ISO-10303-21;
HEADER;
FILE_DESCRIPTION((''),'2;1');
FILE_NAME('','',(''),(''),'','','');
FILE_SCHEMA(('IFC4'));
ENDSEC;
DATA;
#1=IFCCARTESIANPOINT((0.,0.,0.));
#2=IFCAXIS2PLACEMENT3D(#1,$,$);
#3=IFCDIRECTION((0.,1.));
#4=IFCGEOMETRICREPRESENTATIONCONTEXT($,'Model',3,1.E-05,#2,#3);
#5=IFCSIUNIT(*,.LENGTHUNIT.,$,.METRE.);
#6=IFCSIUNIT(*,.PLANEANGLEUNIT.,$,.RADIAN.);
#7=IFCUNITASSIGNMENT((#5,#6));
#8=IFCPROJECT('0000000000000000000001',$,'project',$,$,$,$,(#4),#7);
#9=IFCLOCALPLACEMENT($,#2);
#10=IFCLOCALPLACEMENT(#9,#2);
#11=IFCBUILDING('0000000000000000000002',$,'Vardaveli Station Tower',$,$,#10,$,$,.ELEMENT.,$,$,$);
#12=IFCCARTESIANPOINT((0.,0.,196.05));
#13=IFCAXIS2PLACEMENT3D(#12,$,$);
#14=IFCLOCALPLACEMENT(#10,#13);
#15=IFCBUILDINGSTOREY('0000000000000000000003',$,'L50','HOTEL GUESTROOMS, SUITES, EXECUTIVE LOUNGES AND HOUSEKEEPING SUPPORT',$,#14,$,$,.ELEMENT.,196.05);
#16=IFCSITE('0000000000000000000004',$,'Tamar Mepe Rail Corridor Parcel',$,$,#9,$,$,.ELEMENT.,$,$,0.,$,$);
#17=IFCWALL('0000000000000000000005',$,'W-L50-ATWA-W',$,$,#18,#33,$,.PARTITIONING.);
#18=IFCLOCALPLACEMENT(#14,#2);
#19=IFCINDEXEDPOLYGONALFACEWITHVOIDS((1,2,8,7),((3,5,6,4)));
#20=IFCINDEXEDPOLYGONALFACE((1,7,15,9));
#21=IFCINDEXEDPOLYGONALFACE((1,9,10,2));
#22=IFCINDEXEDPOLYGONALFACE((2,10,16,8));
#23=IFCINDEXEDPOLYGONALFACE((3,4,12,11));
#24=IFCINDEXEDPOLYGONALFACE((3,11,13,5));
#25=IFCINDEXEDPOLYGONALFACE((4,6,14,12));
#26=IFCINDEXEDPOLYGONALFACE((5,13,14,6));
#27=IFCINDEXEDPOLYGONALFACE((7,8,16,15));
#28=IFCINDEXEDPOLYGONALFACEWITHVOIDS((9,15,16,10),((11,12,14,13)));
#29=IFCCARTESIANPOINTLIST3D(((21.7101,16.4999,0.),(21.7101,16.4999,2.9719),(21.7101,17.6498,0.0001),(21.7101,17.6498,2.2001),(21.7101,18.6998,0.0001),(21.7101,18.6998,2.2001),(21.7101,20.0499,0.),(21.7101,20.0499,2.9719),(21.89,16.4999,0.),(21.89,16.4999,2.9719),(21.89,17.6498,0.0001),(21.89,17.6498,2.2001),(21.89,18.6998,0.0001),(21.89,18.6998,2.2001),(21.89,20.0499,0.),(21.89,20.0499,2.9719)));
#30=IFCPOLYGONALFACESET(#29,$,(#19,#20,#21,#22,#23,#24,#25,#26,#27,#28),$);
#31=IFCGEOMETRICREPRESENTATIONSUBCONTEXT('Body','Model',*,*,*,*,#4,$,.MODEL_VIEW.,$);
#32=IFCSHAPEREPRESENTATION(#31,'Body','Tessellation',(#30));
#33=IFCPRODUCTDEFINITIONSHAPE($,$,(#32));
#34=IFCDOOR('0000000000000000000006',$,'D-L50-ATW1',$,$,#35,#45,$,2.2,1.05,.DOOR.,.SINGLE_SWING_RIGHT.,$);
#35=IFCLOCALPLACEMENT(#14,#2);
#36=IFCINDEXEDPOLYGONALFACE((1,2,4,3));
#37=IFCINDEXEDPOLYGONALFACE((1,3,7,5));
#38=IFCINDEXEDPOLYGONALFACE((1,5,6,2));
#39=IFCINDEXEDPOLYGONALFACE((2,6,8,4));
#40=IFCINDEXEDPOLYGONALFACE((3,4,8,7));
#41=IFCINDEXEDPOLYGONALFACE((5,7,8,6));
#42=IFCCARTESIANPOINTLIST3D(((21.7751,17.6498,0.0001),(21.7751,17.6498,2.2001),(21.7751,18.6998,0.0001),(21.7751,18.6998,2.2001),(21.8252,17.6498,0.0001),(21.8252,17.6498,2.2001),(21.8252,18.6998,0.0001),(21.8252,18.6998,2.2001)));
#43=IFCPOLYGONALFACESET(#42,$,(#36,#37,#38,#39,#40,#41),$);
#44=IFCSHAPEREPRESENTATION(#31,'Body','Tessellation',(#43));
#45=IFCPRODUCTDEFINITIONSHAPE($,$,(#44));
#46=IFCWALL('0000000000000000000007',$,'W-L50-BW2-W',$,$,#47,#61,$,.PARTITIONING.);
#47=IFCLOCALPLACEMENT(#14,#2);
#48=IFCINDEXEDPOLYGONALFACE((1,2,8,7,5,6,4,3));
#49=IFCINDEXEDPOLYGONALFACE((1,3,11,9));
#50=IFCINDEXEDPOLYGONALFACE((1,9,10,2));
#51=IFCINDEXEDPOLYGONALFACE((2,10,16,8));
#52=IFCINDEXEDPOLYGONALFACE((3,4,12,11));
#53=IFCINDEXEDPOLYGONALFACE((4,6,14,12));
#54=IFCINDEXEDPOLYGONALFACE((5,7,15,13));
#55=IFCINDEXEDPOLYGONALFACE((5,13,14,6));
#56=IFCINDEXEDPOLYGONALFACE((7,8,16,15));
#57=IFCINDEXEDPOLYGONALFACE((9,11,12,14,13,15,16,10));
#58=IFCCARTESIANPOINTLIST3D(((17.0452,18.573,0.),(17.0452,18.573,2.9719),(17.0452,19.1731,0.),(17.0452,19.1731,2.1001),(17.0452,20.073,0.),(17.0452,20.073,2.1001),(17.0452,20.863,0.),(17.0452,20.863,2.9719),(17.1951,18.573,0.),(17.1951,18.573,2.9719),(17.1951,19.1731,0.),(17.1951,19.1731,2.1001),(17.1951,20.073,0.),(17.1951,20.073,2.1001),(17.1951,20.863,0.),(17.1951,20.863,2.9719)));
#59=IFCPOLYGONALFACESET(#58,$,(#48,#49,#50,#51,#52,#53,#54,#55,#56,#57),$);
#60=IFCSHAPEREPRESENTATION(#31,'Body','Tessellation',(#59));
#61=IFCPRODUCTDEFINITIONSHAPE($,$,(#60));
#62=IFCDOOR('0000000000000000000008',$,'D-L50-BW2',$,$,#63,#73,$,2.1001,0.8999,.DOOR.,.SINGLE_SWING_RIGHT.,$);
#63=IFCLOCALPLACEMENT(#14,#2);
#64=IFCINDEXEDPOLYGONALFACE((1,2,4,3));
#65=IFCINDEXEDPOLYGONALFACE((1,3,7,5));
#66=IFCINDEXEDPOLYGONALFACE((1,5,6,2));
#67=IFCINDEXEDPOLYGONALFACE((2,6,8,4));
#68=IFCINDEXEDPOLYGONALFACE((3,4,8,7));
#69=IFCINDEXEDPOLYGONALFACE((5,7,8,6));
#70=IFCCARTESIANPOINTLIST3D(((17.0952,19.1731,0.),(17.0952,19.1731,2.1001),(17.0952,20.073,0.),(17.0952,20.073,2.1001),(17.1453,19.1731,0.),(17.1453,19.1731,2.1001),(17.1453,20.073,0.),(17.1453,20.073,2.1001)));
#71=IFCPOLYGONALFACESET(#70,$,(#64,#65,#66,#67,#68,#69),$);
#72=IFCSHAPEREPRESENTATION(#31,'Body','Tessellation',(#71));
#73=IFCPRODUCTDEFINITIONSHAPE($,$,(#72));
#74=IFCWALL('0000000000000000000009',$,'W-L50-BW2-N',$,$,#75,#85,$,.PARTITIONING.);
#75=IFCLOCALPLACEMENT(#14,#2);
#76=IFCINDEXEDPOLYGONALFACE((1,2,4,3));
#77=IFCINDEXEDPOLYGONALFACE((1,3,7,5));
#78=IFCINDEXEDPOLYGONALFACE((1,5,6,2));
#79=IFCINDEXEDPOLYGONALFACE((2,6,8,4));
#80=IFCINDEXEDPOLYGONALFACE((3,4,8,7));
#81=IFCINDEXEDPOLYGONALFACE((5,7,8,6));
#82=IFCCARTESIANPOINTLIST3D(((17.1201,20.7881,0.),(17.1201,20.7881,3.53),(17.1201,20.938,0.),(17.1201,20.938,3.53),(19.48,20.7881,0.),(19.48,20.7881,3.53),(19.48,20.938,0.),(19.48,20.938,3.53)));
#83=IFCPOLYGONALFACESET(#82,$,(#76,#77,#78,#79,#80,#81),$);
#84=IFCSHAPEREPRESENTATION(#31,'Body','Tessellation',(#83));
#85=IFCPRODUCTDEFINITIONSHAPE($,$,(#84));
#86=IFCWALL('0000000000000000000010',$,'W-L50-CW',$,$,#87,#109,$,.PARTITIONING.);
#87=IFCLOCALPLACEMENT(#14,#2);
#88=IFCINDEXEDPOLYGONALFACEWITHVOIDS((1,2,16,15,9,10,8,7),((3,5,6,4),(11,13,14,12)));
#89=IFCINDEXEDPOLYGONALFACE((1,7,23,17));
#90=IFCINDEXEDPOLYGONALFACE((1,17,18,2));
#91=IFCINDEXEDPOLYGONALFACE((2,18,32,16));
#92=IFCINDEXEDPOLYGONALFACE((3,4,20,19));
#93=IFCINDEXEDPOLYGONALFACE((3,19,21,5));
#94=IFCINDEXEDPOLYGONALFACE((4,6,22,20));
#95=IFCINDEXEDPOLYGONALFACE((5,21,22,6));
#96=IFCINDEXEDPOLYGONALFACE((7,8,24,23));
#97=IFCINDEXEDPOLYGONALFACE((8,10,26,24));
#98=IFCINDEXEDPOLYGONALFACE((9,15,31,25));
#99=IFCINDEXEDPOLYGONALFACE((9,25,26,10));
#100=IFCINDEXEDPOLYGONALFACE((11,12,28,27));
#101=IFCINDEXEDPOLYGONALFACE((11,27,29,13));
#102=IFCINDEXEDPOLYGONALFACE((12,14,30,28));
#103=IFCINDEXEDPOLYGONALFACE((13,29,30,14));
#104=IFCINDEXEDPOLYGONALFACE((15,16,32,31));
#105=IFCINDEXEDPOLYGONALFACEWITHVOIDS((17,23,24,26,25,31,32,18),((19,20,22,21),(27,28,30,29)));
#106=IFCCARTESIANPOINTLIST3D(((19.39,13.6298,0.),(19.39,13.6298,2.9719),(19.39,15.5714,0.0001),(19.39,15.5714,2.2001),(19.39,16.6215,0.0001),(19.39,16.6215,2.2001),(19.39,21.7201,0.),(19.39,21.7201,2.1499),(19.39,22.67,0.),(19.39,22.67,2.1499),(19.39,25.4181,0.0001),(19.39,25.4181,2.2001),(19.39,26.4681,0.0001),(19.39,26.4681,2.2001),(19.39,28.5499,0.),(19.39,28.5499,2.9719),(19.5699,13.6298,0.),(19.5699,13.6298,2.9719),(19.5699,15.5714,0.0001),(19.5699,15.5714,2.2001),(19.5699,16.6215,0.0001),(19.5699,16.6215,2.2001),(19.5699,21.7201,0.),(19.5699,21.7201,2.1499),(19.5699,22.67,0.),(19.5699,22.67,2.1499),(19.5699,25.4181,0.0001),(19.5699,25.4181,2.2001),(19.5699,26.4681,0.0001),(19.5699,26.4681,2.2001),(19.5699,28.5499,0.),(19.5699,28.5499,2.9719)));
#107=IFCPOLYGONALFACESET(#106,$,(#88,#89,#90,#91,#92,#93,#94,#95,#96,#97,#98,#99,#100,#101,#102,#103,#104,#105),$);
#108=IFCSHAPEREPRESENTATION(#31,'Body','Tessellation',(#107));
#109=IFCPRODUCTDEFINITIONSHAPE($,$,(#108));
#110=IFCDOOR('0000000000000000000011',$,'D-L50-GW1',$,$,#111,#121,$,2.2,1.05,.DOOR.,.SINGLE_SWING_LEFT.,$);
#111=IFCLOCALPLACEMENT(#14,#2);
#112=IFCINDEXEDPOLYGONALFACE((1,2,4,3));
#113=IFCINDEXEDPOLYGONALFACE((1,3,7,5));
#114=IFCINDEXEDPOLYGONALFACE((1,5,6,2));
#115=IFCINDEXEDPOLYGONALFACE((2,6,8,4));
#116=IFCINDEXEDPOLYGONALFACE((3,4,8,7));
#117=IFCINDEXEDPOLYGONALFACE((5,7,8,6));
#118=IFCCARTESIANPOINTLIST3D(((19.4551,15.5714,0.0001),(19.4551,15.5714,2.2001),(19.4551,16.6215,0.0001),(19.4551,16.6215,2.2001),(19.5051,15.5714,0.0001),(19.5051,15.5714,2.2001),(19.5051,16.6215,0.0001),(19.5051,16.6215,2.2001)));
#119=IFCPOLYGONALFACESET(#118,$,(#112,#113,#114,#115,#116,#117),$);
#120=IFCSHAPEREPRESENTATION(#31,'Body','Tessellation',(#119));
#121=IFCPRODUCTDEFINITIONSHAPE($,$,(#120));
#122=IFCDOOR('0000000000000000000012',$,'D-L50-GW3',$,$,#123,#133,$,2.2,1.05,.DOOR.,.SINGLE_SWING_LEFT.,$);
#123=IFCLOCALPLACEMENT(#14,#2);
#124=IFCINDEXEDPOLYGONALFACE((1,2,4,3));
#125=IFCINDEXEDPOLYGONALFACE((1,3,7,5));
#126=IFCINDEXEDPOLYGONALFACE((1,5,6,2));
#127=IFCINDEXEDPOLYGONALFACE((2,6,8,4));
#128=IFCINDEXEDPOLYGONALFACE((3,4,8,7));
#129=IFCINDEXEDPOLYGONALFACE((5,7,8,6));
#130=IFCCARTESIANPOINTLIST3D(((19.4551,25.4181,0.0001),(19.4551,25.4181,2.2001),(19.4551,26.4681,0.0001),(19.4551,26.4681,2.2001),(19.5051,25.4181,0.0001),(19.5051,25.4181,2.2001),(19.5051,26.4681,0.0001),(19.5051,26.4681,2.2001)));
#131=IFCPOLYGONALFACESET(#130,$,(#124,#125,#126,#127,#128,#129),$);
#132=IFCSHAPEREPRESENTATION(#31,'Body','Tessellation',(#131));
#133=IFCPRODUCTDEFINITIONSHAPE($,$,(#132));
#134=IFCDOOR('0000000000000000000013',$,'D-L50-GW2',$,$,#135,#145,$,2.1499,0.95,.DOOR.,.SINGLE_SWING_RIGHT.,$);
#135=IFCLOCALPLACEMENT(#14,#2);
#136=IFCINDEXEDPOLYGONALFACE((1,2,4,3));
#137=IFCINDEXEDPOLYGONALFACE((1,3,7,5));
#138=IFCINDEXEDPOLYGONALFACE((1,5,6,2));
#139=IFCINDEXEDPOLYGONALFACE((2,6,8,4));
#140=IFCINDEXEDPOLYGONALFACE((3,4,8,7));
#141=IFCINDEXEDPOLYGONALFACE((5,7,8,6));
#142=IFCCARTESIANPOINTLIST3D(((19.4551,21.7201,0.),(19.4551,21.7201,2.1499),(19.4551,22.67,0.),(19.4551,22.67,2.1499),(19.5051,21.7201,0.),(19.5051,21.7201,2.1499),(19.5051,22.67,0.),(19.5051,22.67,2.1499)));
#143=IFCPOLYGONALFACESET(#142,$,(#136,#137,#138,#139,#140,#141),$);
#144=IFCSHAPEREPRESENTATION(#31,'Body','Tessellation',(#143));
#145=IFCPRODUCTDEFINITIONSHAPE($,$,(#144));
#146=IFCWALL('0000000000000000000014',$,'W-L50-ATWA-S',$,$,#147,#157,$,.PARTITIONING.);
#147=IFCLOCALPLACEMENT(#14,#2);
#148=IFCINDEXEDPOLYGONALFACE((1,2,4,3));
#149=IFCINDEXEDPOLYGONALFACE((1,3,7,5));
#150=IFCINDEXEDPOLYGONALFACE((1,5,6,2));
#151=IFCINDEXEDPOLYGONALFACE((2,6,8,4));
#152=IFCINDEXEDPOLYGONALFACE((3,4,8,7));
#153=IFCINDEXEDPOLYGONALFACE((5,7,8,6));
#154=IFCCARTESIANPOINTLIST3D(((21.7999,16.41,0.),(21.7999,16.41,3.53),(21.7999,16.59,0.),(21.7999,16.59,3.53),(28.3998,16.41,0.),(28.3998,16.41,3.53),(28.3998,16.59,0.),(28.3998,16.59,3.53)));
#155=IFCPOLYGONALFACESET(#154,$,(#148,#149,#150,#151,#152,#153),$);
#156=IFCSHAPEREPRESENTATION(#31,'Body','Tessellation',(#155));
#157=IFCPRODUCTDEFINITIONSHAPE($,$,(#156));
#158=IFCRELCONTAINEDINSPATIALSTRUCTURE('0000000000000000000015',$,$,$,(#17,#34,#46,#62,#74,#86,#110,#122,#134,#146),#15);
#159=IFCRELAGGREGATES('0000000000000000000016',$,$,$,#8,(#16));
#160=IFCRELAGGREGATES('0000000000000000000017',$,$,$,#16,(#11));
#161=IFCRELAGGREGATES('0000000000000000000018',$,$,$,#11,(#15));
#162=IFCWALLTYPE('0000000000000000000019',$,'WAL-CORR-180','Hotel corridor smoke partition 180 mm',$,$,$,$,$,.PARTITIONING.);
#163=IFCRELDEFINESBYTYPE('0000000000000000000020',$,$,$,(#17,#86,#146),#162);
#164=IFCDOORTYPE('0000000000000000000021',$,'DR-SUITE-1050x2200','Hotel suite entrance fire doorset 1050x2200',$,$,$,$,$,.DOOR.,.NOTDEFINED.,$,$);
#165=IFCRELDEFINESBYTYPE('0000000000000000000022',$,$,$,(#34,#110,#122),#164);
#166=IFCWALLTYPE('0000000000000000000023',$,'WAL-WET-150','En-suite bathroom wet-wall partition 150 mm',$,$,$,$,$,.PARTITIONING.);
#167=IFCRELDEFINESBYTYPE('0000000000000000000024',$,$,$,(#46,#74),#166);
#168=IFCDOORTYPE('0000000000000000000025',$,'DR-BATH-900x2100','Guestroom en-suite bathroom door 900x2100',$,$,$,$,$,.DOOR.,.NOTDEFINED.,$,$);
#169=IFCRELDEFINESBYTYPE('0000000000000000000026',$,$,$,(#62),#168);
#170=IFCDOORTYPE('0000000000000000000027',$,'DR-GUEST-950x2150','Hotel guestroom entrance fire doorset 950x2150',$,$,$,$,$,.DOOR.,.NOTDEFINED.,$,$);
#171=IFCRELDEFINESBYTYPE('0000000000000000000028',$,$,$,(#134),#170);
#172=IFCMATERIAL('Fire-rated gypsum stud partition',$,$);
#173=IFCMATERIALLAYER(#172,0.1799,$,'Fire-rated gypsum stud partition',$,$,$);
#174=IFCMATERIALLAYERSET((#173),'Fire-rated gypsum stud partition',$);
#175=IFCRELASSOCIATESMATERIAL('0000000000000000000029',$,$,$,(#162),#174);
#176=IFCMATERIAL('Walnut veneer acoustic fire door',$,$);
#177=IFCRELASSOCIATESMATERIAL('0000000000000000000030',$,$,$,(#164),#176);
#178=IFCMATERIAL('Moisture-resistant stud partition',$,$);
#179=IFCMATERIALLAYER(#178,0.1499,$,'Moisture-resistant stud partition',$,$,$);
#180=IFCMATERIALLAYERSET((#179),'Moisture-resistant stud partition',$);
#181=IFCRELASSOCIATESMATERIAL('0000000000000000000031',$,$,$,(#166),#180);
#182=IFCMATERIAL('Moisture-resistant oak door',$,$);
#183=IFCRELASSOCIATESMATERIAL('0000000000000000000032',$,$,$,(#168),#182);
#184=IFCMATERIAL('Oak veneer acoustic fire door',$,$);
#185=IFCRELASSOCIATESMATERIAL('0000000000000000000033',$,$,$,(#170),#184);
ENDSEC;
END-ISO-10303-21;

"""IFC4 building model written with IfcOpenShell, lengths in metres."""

from ifc_helpers import new_model, si_unit, direction, frame, frame_2d, origin, place, context, subcontext, project, spatial, rectangle, extrude, source, transform, mapped, material, layer, layer_set, type_object, element, fill, save


model = new_model("IFC4")

# Units and contexts
model_context = context("Model", 3, precision=1e-05, world=origin(), true_north=direction((0.0, 1.0)))
body_context = subcontext(model_context, "Body", "Model", "MODEL_VIEW")
ifc_project = project(units=[si_unit("LENGTHUNIT", "METRE"), si_unit("PLANEANGLEUNIT", "RADIAN")], contexts=[model_context])

# Site, building, storey
site_placement = place(None, origin())
site = spatial("IfcSite", under=ifc_project, at=site_placement, Name="Tamar Mepe Rail Corridor Parcel", CompositionType="ELEMENT", RefElevation=0.0)
building_placement = place(site_placement, origin())
building = spatial("IfcBuilding", under=site, at=building_placement, Name="Vardaveli Station Tower", CompositionType="ELEMENT")
storey_placement = place(building_placement, frame((0.0, 0.0, 196.05)))
storey = spatial("IfcBuildingStorey", under=building, at=storey_placement, Name="L50", Description="HOTEL GUESTROOMS, SUITES, EXECUTIVE LOUNGES AND HOUSEKEEPING SUPPORT", CompositionType="ELEMENT", Elevation=196.05)

# Walls, openings, doors
ifc_material_1 = material(Name="Fire-rated gypsum stud partition")
ifc_layer_1 = layer(ifc_material_1, 0.1799, Name="Fire-rated gypsum stud partition")
ifc_layer_set_1 = layer_set([ifc_layer_1], Name="Fire-rated gypsum stud partition")
wall_type_1 = type_object("IfcWallType", Name="WAL-CORR-180", Description="Hotel corridor smoke partition 180 mm", PredefinedType="PARTITIONING", material=ifc_layer_set_1)
shared_shape_1 = source(origin(), body_context, "Body", "SweptSolid", [
    extrude(rectangle(XDim=1.05, YDim=2.2, at=frame_2d((0.5249, 1.1001))), frame((0.0, 0.1001, 0.0), z_axis=(0.0, -1.0, 0.0), x_axis=(1.0, 0.0, 0.0)), (0.0, 0.0, 1.0), 0.2),
])
ifc_material_2 = material(Name="Walnut veneer acoustic fire door")
door_type_1 = type_object("IfcDoorType", Name="DR-SUITE-1050x2200", Description="Hotel suite entrance fire doorset 1050x2200", OperationType="NOTDEFINED", PredefinedType="DOOR", material=ifc_material_2)
shared_shape_2 = source(origin(), body_context, "Body", "SweptSolid", [
    extrude(rectangle(XDim=1.05, YDim=2.2, at=frame_2d((0.5249, 1.1001))), frame((0.0, 0.0249, 0.0), z_axis=(0.0, -1.0, 0.0), x_axis=(1.0, 0.0, 0.0)), (0.0, 0.0, 1.0), 0.05),
])
shared_shape_3 = source(origin(), body_context, "Body", "SweptSolid", [
    extrude(rectangle(XDim=3.55, YDim=0.1799, at=frame_2d((1.7749, 0.0))), origin(), (0.0, 0.0, 1.0), 2.9719),
])
wall_1_placement = place(storey_placement, frame((21.8, 16.5, 0.0), z_axis=(0.0, 0.0, 1.0), x_axis=(0.0, 1.0, 0.0)))
wall_1 = element("IfcWall", 1, at=wall_1_placement, inside=storey, type_object=wall_type_1, Name="W-L50-ATWA-W", PredefinedType="PARTITIONING", context=body_context, shape_type="MappedRepresentation", body=[
    mapped(shared_shape_3, transform((0.0, 0.0, 0.0), scale=1.0)),
])
opening_1_placement = place(wall_1_placement, frame((1.1499, 0.0, 0.0)))
opening_1 = element("IfcOpeningElement", 2, at=opening_1_placement, cuts=wall_1, PredefinedType="OPENING", context=body_context, shape_type="MappedRepresentation", body=[
    mapped(shared_shape_1, transform((0.0, 0.0, 0.0), scale=1.0)),
])
door_1_placement = place(opening_1_placement, origin())
door_1 = element("IfcDoor", 3, at=door_1_placement, inside=storey, type_object=door_type_1, Name="D-L50-ATW1", OperationType="SINGLE_SWING_RIGHT", OverallHeight=2.2, OverallWidth=1.05, PredefinedType="DOOR", context=body_context, shape_type="MappedRepresentation", body=[
    mapped(shared_shape_2, transform((0.0, 0.0, 0.0), scale=1.0)),
])
fill(opening_1, door_1)
ifc_material_3 = material(Name="Moisture-resistant stud partition")
ifc_layer_2 = layer(ifc_material_3, 0.1499, Name="Moisture-resistant stud partition")
ifc_layer_set_2 = layer_set([ifc_layer_2], Name="Moisture-resistant stud partition")
wall_type_2 = type_object("IfcWallType", Name="WAL-WET-150", Description="En-suite bathroom wet-wall partition 150 mm", PredefinedType="PARTITIONING", material=ifc_layer_set_2)
shared_shape_4 = source(origin(), body_context, "Body", "SweptSolid", [
    extrude(rectangle(XDim=2.29, YDim=0.1499, at=frame_2d((1.145, 0.0))), origin(), (0.0, 0.0, 1.0), 2.9719),
])
wall_2_placement = place(storey_placement, frame((17.1201, 18.573, 0.0), z_axis=(0.0, 0.0, 1.0), x_axis=(0.0, 1.0, 0.0)))
wall_2 = element("IfcWall", 4, at=wall_2_placement, inside=storey, type_object=wall_type_2, Name="W-L50-BW2-W", PredefinedType="PARTITIONING", context=body_context, shape_type="MappedRepresentation", body=[
    mapped(shared_shape_4, transform((0.0, 0.0, 0.0), scale=1.0)),
])
shared_shape_5 = source(origin(), body_context, "Body", "SweptSolid", [
    extrude(rectangle(XDim=0.8999, YDim=2.1001, at=frame_2d((0.45, 1.05))), frame((0.0, 0.085, 0.0), z_axis=(0.0, -1.0, 0.0), x_axis=(1.0, 0.0, 0.0)), (0.0, 0.0, 1.0), 0.1699),
])
opening_2_placement = place(wall_2_placement, frame((0.6001, 0.0, 0.0)))
opening_2 = element("IfcOpeningElement", 5, at=opening_2_placement, cuts=wall_2, PredefinedType="OPENING", context=body_context, shape_type="MappedRepresentation", body=[
    mapped(shared_shape_5, transform((0.0, 0.0, 0.0), scale=1.0)),
])
ifc_material_4 = material(Name="Moisture-resistant oak door")
door_type_2 = type_object("IfcDoorType", Name="DR-BATH-900x2100", Description="Guestroom en-suite bathroom door 900x2100", OperationType="NOTDEFINED", PredefinedType="DOOR", material=ifc_material_4)
shared_shape_6 = source(origin(), body_context, "Body", "SweptSolid", [
    extrude(rectangle(XDim=0.8999, YDim=2.1001, at=frame_2d((0.45, 1.05))), frame((0.0, 0.0249, 0.0), z_axis=(0.0, -1.0, 0.0), x_axis=(1.0, 0.0, 0.0)), (0.0, 0.0, 1.0), 0.05),
])
door_2_placement = place(opening_2_placement, origin())
door_2 = element("IfcDoor", 6, at=door_2_placement, inside=storey, type_object=door_type_2, Name="D-L50-BW2", OperationType="SINGLE_SWING_RIGHT", OverallHeight=2.1001, OverallWidth=0.8999, PredefinedType="DOOR", context=body_context, shape_type="MappedRepresentation", body=[
    mapped(shared_shape_6, transform((0.0, 0.0, 0.0), scale=1.0)),
])
fill(opening_2, door_2)

# Wall
shared_shape_7 = source(origin(), body_context, "Body", "SweptSolid", [
    extrude(rectangle(XDim=2.3599, YDim=0.1499, at=frame_2d((1.1799, 0.0))), origin(), (0.0, 0.0, 1.0), 3.53),
])
wall_3_placement = place(storey_placement, frame((17.1201, 20.863, 0.0), z_axis=(0.0, 0.0, 1.0), x_axis=(1.0, 0.0, 0.0)))
element("IfcWall", 7, at=wall_3_placement, inside=storey, type_object=wall_type_2, Name="W-L50-BW2-N", PredefinedType="PARTITIONING", context=body_context, shape_type="MappedRepresentation", body=[
    mapped(shared_shape_7, transform((0.0, 0.0, 0.0), scale=1.0)),
])

# Wall, openings, doors
shared_shape_8 = source(origin(), body_context, "Body", "SweptSolid", [
    extrude(rectangle(XDim=14.9202, YDim=0.1799, at=frame_2d((7.46, 0.0))), origin(), (0.0, 0.0, 1.0), 2.9719),
])
wall_4_placement = place(storey_placement, frame((19.48, 13.6299, 0.0), z_axis=(0.0, 0.0, 1.0), x_axis=(0.0, 1.0, 0.0)))
wall_4 = element("IfcWall", 8, at=wall_4_placement, inside=storey, type_object=wall_type_1, Name="W-L50-CW", PredefinedType="PARTITIONING", context=body_context, shape_type="MappedRepresentation", body=[
    mapped(shared_shape_8, transform((0.0, 0.0, 0.0), scale=1.0)),
])
opening_3_placement = place(wall_4_placement, frame((1.9417, 0.0, 0.0)))
opening_3 = element("IfcOpeningElement", 9, at=opening_3_placement, cuts=wall_4, PredefinedType="OPENING", context=body_context, shape_type="MappedRepresentation", body=[
    mapped(shared_shape_1, transform((0.0, 0.0, 0.0), scale=1.0)),
])
shared_shape_9 = source(origin(), body_context, "Body", "SweptSolid", [
    extrude(rectangle(XDim=0.95, YDim=2.1499, at=frame_2d((0.4751, 1.075))), frame((0.0, 0.1001, 0.0), z_axis=(0.0, -1.0, 0.0), x_axis=(1.0, 0.0, 0.0)), (0.0, 0.0, 1.0), 0.2),
])
opening_4_placement = place(wall_4_placement, frame((8.0901, 0.0, 0.0)))
opening_4 = element("IfcOpeningElement", 10, at=opening_4_placement, cuts=wall_4, PredefinedType="OPENING", context=body_context, shape_type="MappedRepresentation", body=[
    mapped(shared_shape_9, transform((0.0, 0.0, 0.0), scale=1.0)),
])
opening_5_placement = place(wall_4_placement, frame((11.7883, 0.0, 0.0)))
opening_5 = element("IfcOpeningElement", 11, at=opening_5_placement, cuts=wall_4, PredefinedType="OPENING", context=body_context, shape_type="MappedRepresentation", body=[
    mapped(shared_shape_1, transform((0.0, 0.0, 0.0), scale=1.0)),
])
door_3_placement = place(opening_3_placement, origin())
door_3 = element("IfcDoor", 12, at=door_3_placement, inside=storey, type_object=door_type_1, Name="D-L50-GW1", OperationType="SINGLE_SWING_LEFT", OverallHeight=2.2, OverallWidth=1.05, PredefinedType="DOOR", context=body_context, shape_type="MappedRepresentation", body=[
    mapped(shared_shape_2, transform((0.0, 0.0, 0.0), scale=1.0)),
])
fill(opening_3, door_3)
door_4_placement = place(opening_5_placement, origin())
door_4 = element("IfcDoor", 13, at=door_4_placement, inside=storey, type_object=door_type_1, Name="D-L50-GW3", OperationType="SINGLE_SWING_LEFT", OverallHeight=2.2, OverallWidth=1.05, PredefinedType="DOOR", context=body_context, shape_type="MappedRepresentation", body=[
    mapped(shared_shape_2, transform((0.0, 0.0, 0.0), scale=1.0)),
])
fill(opening_5, door_4)
ifc_material_5 = material(Name="Oak veneer acoustic fire door")
door_type_3 = type_object("IfcDoorType", Name="DR-GUEST-950x2150", Description="Hotel guestroom entrance fire doorset 950x2150", OperationType="NOTDEFINED", PredefinedType="DOOR", material=ifc_material_5)
shared_shape_10 = source(origin(), body_context, "Body", "SweptSolid", [
    extrude(rectangle(XDim=0.95, YDim=2.1499, at=frame_2d((0.4751, 1.075))), frame((0.0, 0.0249, 0.0), z_axis=(0.0, -1.0, 0.0), x_axis=(1.0, 0.0, 0.0)), (0.0, 0.0, 1.0), 0.05),
])
door_5_placement = place(opening_4_placement, origin())
door_5 = element("IfcDoor", 14, at=door_5_placement, inside=storey, type_object=door_type_3, Name="D-L50-GW2", OperationType="SINGLE_SWING_RIGHT", OverallHeight=2.1499, OverallWidth=0.95, PredefinedType="DOOR", context=body_context, shape_type="MappedRepresentation", body=[
    mapped(shared_shape_10, transform((0.0, 0.0, 0.0), scale=1.0)),
])
fill(opening_4, door_5)

# Wall
shared_shape_11 = source(origin(), body_context, "Body", "SweptSolid", [
    extrude(rectangle(XDim=6.5999, YDim=0.1799, at=frame_2d((3.2998, 0.0))), origin(), (0.0, 0.0, 1.0), 3.53),
])
for number, where, z_axis, x_axis, name in (
    (15, (21.8, 16.5, 0.0), (0.0, 0.0, 1.0), (1.0, 0.0, 0.0), "W-L50-ATWA-S"),
):
    element("IfcWall", number, at=place(storey_placement, frame(where, z_axis=z_axis, x_axis=x_axis)), inside=storey, type_object=wall_type_1, Name=name, PredefinedType="PARTITIONING", context=body_context, shape_type="MappedRepresentation", body=[
        mapped(shared_shape_11, transform((0.0, 0.0, 0.0), scale=1.0)),
    ])

save(model, "model.ifc")
